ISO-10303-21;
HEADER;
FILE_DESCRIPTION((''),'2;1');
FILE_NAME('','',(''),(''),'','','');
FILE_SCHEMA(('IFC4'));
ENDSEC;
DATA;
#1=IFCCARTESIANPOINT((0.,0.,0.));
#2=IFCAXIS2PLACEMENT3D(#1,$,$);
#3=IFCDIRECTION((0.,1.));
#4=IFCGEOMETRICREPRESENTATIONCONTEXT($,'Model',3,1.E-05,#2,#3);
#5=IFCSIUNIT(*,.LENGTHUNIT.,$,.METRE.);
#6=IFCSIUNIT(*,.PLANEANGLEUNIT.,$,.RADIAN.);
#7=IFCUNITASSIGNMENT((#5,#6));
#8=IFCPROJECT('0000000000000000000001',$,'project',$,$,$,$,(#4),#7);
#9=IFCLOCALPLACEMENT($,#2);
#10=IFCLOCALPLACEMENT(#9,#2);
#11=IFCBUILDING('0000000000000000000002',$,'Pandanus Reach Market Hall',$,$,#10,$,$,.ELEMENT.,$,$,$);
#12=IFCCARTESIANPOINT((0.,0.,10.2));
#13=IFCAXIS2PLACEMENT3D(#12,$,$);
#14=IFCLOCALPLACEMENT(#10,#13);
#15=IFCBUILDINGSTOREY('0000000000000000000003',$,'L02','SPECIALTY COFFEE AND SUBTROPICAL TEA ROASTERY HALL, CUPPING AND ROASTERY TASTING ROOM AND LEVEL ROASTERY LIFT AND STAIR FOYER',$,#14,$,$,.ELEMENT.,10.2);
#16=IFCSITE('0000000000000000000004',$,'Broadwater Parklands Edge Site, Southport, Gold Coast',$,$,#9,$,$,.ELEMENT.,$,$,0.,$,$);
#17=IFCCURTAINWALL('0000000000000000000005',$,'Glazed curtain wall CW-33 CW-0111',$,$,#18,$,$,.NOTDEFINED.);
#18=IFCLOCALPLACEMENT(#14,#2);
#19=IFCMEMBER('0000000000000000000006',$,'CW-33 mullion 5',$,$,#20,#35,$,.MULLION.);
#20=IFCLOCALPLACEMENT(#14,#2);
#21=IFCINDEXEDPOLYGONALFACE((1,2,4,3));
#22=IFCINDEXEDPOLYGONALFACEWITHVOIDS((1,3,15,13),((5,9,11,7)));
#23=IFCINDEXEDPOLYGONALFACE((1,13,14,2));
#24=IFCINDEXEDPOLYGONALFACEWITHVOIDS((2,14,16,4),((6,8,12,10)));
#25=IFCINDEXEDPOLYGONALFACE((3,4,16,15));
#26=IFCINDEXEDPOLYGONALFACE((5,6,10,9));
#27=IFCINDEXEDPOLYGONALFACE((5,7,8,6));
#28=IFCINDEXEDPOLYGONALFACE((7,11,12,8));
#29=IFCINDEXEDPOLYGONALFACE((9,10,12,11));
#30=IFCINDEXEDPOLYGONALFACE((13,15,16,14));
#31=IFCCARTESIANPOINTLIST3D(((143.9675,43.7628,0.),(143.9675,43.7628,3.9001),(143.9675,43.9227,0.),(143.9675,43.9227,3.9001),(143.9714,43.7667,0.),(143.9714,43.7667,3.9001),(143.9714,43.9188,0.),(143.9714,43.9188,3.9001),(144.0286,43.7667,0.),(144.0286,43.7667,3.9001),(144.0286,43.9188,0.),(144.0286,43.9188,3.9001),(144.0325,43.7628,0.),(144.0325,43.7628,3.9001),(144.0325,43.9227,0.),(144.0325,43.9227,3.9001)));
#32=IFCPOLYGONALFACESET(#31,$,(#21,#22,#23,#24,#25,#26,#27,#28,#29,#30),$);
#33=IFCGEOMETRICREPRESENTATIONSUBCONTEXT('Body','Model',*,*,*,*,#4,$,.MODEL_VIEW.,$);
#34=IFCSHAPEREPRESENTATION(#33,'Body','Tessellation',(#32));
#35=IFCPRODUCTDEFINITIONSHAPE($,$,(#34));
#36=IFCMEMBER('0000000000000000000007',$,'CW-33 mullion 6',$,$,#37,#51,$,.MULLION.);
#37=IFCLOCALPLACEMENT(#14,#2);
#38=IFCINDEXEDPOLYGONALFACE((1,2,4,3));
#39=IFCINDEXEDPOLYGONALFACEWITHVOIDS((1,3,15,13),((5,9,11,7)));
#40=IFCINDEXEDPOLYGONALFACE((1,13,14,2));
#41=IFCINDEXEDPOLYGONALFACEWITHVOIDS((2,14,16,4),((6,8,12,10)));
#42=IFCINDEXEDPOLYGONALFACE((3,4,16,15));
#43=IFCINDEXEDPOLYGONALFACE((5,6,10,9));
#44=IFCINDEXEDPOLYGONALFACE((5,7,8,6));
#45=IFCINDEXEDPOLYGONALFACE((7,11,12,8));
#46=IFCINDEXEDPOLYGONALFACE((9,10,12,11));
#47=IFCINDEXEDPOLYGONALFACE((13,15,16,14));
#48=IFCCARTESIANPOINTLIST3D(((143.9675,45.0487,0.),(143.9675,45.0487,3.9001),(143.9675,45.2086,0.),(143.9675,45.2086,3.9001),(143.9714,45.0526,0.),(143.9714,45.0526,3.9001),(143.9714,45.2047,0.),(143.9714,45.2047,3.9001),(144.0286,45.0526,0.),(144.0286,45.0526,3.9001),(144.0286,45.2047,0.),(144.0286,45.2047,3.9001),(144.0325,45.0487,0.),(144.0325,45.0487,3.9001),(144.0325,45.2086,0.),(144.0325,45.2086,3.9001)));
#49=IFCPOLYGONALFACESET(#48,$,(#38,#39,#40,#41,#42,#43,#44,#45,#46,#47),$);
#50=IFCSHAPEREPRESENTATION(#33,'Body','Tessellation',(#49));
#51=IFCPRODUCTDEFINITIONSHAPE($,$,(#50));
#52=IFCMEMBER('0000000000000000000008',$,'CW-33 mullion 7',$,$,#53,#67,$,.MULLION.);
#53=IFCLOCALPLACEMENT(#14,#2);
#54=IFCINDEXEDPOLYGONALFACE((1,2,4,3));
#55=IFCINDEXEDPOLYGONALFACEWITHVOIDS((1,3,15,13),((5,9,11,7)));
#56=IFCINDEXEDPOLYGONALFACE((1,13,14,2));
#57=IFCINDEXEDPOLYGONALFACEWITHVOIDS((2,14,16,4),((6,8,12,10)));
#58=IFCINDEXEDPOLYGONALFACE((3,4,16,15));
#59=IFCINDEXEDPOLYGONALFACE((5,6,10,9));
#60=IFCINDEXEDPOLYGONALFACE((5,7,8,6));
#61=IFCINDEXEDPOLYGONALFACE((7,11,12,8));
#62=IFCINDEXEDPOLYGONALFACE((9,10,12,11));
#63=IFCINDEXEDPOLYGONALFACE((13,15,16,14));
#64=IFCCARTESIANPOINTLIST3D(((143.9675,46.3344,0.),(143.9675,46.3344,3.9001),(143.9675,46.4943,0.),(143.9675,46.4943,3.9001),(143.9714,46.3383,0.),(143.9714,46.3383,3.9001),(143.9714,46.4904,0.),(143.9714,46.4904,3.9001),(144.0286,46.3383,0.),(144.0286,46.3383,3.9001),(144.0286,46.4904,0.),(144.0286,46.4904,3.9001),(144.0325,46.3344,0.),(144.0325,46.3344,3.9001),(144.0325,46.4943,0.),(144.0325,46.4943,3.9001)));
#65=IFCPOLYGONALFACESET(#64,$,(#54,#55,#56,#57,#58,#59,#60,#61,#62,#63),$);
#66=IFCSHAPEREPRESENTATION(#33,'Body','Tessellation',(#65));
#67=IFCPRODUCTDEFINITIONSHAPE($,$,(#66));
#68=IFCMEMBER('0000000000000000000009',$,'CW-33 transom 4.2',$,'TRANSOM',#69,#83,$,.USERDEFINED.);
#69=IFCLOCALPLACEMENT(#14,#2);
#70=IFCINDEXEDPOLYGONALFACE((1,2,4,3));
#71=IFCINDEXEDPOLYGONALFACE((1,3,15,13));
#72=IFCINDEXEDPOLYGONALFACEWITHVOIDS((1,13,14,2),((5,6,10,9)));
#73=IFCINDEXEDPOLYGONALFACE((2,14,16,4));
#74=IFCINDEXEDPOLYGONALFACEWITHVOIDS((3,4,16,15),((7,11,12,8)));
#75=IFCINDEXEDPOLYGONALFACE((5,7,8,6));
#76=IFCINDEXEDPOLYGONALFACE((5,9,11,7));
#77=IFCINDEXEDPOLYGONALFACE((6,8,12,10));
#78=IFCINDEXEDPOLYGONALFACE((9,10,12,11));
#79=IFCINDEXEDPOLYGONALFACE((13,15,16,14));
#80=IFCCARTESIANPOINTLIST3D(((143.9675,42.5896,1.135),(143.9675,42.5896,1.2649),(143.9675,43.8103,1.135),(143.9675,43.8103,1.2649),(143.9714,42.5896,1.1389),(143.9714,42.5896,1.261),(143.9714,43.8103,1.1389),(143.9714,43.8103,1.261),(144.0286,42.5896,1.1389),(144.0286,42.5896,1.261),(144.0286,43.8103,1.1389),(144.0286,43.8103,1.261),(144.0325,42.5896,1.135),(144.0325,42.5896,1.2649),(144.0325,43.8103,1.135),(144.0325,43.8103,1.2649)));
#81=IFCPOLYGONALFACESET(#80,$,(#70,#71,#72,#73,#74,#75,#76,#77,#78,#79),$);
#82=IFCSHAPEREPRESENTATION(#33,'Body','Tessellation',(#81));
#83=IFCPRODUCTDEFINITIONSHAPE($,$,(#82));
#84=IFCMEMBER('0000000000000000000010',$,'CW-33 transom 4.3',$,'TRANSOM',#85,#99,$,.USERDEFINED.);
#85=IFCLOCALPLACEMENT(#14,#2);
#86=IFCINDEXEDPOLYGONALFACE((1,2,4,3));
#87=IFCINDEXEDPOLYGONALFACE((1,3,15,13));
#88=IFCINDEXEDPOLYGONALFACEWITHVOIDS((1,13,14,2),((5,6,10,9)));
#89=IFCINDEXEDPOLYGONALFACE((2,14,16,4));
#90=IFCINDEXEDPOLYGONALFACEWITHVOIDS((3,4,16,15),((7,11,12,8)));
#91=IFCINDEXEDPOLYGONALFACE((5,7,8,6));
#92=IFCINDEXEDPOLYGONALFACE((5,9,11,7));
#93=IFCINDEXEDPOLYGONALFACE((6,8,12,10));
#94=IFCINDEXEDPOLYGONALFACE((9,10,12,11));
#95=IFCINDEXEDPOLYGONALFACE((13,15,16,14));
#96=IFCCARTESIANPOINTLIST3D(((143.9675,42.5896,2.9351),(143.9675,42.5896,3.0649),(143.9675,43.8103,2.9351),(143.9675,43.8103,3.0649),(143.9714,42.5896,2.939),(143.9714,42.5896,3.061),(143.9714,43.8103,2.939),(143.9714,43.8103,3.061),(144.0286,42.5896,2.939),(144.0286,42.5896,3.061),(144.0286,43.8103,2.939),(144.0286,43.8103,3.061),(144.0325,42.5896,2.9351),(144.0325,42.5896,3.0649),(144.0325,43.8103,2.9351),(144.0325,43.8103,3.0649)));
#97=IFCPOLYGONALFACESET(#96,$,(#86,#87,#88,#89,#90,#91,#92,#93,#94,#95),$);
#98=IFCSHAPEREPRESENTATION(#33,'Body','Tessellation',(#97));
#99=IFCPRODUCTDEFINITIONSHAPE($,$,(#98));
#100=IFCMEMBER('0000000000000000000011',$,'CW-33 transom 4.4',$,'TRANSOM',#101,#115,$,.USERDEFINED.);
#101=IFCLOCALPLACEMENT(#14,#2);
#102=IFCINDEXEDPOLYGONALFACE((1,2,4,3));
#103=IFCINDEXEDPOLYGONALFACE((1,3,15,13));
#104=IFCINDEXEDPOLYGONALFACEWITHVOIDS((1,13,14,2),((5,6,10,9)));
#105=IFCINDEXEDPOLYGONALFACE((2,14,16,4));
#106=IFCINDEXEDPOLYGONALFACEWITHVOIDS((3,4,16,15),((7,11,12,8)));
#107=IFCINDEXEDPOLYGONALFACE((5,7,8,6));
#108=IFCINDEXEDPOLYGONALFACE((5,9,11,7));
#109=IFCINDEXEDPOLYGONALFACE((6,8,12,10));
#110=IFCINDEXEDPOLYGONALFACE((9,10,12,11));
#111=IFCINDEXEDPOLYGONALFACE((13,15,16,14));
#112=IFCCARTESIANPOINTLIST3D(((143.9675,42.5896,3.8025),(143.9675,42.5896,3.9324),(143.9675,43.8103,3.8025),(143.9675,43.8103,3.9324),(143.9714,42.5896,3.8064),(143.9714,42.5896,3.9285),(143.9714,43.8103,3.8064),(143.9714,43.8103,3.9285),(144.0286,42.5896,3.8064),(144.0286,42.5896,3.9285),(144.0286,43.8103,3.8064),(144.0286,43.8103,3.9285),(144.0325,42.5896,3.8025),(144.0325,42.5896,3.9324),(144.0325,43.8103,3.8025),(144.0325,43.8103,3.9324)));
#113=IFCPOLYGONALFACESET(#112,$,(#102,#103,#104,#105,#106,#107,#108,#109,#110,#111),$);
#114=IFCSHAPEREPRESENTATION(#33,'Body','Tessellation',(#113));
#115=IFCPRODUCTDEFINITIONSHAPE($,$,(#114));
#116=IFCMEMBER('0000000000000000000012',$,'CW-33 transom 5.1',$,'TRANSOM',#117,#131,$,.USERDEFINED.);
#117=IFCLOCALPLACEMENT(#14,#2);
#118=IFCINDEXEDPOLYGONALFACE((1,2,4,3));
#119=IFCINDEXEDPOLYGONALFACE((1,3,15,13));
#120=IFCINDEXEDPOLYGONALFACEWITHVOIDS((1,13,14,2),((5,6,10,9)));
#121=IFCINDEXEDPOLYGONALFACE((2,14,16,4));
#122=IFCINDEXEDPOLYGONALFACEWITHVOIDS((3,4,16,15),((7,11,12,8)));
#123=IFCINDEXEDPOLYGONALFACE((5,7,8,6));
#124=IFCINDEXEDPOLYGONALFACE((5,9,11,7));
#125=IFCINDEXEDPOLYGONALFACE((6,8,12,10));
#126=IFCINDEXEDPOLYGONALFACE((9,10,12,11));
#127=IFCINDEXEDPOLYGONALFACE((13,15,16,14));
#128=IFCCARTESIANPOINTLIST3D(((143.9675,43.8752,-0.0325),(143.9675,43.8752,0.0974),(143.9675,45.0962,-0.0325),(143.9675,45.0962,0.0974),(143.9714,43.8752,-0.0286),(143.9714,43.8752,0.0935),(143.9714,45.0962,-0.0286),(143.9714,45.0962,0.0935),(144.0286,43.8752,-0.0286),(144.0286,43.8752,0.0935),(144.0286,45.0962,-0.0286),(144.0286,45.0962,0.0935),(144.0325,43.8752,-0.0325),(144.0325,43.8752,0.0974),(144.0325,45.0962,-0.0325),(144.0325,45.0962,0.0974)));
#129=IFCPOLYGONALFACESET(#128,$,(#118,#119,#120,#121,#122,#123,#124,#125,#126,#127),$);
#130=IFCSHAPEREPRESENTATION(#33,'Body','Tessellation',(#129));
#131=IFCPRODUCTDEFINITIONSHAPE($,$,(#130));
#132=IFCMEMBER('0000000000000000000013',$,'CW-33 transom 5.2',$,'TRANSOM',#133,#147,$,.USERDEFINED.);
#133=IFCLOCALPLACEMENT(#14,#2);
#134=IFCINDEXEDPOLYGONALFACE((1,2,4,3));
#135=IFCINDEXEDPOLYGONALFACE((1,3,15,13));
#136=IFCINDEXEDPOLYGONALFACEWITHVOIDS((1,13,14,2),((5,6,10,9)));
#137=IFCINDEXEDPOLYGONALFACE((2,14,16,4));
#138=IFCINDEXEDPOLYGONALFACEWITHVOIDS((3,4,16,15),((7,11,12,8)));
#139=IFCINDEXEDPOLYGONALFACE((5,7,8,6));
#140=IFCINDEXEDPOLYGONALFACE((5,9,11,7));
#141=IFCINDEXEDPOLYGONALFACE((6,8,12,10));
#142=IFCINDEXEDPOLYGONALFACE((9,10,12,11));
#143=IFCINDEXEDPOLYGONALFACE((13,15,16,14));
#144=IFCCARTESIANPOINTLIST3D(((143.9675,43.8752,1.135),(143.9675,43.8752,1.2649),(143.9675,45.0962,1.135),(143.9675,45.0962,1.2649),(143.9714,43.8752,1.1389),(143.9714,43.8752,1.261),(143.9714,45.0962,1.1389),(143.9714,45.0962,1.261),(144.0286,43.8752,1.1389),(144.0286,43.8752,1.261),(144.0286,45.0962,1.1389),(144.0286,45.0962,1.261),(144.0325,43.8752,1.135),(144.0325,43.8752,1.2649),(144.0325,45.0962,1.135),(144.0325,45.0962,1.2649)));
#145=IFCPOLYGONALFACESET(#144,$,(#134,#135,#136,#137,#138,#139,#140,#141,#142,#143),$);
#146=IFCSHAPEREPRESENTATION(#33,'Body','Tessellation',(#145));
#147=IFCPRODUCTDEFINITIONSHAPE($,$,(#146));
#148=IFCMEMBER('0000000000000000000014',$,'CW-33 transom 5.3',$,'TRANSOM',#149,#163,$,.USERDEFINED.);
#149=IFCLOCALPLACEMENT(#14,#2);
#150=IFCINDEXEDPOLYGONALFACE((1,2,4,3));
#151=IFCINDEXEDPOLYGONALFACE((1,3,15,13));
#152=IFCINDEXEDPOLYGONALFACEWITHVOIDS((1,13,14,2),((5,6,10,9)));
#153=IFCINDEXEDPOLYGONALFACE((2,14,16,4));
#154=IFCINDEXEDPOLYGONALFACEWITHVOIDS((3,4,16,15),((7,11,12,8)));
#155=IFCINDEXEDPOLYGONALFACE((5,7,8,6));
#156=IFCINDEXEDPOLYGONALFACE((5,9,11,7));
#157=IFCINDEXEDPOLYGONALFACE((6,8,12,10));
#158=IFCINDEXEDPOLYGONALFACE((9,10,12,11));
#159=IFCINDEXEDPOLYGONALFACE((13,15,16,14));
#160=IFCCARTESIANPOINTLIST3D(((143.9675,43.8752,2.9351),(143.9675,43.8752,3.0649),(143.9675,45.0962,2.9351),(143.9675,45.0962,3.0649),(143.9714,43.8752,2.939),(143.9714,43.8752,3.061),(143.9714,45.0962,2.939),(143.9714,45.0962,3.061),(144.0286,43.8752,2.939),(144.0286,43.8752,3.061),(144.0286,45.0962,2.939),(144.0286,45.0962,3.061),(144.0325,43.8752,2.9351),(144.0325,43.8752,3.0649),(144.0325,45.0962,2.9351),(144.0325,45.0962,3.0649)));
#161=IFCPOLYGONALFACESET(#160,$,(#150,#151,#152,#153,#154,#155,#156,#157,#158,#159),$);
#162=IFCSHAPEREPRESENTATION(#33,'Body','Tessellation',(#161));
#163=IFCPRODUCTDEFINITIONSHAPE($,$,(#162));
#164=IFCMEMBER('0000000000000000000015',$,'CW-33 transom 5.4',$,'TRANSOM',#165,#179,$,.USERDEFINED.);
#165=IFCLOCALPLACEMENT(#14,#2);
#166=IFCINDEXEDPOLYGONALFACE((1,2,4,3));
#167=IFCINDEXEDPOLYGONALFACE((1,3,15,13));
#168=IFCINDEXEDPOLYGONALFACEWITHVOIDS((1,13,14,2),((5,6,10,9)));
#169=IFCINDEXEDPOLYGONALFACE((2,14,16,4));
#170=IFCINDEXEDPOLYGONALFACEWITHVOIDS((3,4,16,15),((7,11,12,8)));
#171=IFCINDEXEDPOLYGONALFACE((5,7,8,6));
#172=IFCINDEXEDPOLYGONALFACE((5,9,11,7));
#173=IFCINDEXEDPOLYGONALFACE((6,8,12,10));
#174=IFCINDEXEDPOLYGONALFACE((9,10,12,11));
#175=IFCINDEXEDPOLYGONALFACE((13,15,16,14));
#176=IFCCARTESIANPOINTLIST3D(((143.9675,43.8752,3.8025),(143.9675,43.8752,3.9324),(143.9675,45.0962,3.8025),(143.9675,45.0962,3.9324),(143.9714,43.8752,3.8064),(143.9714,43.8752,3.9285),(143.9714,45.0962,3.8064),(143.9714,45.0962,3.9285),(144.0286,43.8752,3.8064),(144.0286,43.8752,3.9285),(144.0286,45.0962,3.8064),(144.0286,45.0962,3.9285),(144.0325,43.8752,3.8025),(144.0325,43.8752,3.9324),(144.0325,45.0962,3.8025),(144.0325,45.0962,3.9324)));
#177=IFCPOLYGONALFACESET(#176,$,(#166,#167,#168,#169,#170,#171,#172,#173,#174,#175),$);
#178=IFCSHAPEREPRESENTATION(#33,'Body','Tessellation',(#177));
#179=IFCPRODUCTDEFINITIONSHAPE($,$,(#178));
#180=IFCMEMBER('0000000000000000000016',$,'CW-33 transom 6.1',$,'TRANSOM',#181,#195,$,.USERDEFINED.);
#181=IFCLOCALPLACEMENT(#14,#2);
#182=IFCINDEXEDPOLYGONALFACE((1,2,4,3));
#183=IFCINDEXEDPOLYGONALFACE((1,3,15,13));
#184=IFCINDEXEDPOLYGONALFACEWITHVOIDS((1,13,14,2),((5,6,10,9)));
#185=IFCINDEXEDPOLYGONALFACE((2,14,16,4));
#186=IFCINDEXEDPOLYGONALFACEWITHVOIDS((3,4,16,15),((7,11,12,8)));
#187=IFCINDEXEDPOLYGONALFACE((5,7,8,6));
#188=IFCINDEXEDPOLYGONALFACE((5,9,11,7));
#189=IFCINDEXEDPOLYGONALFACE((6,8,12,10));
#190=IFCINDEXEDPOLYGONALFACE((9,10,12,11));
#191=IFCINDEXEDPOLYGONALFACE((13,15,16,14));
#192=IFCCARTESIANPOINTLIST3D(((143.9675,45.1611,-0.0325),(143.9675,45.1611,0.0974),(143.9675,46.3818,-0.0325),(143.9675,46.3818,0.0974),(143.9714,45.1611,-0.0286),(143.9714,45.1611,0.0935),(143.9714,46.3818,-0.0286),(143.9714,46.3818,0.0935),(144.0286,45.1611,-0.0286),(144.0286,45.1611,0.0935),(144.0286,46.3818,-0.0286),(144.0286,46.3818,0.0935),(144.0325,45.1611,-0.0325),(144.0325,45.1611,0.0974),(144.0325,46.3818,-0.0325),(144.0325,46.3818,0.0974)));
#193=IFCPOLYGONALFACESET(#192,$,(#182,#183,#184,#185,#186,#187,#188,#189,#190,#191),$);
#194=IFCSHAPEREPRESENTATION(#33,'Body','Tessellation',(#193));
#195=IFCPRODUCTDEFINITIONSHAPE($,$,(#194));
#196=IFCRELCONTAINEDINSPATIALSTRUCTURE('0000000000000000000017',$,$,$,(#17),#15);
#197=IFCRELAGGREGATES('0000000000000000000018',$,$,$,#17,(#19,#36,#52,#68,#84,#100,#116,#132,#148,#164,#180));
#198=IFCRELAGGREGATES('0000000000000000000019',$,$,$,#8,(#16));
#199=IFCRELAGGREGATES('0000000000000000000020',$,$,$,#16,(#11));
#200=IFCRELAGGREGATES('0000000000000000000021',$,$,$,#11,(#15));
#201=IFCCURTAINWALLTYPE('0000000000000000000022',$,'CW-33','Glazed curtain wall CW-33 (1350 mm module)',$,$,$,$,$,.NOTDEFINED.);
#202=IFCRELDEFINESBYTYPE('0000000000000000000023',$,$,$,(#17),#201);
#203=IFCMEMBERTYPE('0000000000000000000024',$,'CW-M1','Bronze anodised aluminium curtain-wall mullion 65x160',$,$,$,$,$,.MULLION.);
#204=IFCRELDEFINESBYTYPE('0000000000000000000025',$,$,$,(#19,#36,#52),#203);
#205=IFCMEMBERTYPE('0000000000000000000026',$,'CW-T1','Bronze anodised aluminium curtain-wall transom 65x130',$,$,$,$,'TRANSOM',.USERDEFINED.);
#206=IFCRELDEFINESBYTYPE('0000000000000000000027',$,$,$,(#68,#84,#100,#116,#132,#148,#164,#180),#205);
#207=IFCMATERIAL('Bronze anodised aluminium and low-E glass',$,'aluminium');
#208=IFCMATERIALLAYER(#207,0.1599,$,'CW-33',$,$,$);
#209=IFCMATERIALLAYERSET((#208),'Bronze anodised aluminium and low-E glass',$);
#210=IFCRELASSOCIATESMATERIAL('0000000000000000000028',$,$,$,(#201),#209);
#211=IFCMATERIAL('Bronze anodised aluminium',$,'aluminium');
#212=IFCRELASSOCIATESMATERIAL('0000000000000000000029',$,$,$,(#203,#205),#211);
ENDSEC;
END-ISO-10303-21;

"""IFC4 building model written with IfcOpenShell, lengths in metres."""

from ifc_helpers import new_model, si_unit, direction, frame, origin, origin_2d, place, context, subcontext, project, spatial, hollow_rectangle, extrude, material, layer, layer_set, material_profile, profile_set, type_object, element, aggregate, save


model = new_model("IFC4")

# Units and contexts
model_context = context("Model", 3, precision=1e-05, world=origin(), true_north=direction((0.0, 1.0)))
body_context = subcontext(model_context, "Body", "Model", "MODEL_VIEW")
ifc_project = project(units=[si_unit("LENGTHUNIT", "METRE"), si_unit("PLANEANGLEUNIT", "RADIAN")], contexts=[model_context])

# Site, building, storey
site_placement = place(None, origin())
site = spatial("IfcSite", under=ifc_project, at=site_placement, Name="Broadwater Parklands Edge Site, Southport, Gold Coast", CompositionType="ELEMENT", RefElevation=0.0)
building_placement = place(site_placement, origin())
building = spatial("IfcBuilding", under=site, at=building_placement, Name="Pandanus Reach Market Hall", CompositionType="ELEMENT")
storey_placement = place(building_placement, frame((0.0, 0.0, 10.2)))
storey = spatial("IfcBuildingStorey", under=building, at=storey_placement, Name="L02", Description="SPECIALTY COFFEE AND SUBTROPICAL TEA ROASTERY HALL, CUPPING AND ROASTERY TASTING ROOM AND LEVEL ROASTERY LIFT AND STAIR FOYER", CompositionType="ELEMENT", Elevation=10.2)

# Curtain wall, members
ifc_material_1 = material(Name="Bronze anodised aluminium and low-E glass", Category="aluminium")
ifc_layer_1 = layer(ifc_material_1, 0.1599, Name="CW-33")
ifc_layer_set_1 = layer_set([ifc_layer_1], Name="Bronze anodised aluminium and low-E glass")
curtain_wall_type = type_object("IfcCurtainWallType", Name="CW-33", Description="Glazed curtain wall CW-33 (1350 mm module)", PredefinedType="NOTDEFINED", material=ifc_layer_set_1)
curtain_wall_placement = place(storey_placement, origin())
curtain_wall = element("IfcCurtainWall", 1, at=curtain_wall_placement, inside=storey, type_object=curtain_wall_type, Name="Glazed curtain wall CW-33 CW-0111", PredefinedType="NOTDEFINED")
ifc_material_2 = material(Name="Bronze anodised aluminium", Category="aluminium")
ifc_material_profile_1 = material_profile(ifc_material_2, hollow_rectangle(XDim=0.0649, YDim=0.1599, WallThickness=0.0039, at=origin_2d()), Name="ALU65x160", Category="LoadBearing")
ifc_profile_set_1 = profile_set([ifc_material_profile_1], Name="Bronze anodised aluminium")
member_type_1 = type_object("IfcMemberType", Name="CW-M1", Description="Bronze anodised aluminium curtain-wall mullion 65x160", PredefinedType="MULLION", material=ifc_profile_set_1)
member_1_placement = place(storey_placement, frame((144.0, 43.8428, 0.0), z_axis=(0.0, 0.0, 1.0), x_axis=(-1.0, 0.0, 0.0)))
member_1 = element("IfcMember", 2, at=member_1_placement, type_object=member_type_1, Name="CW-33 mullion 5", PredefinedType="MULLION", context=body_context, shape_type="SweptSolid", body=[
    extrude(hollow_rectangle(XDim=0.0649, YDim=0.1599, WallThickness=0.0039, at=origin_2d()), origin(), (0.0, 0.0, 1.0), 3.9001),
])
member_2_placement = place(storey_placement, frame((144.0, 45.1287, 0.0), z_axis=(0.0, 0.0, 1.0), x_axis=(-1.0, 0.0, 0.0)))
member_2 = element("IfcMember", 3, at=member_2_placement, type_object=member_type_1, Name="CW-33 mullion 6", PredefinedType="MULLION", context=body_context, shape_type="SweptSolid", body=[
    extrude(hollow_rectangle(XDim=0.0649, YDim=0.1599, WallThickness=0.0039, at=origin_2d()), origin(), (0.0, 0.0, 1.0), 3.9001),
])
member_3_placement = place(storey_placement, frame((144.0, 46.4143, 0.0), z_axis=(0.0, 0.0, 1.0), x_axis=(-1.0, 0.0, 0.0)))
member_3 = element("IfcMember", 4, at=member_3_placement, type_object=member_type_1, Name="CW-33 mullion 7", PredefinedType="MULLION", context=body_context, shape_type="SweptSolid", body=[
    extrude(hollow_rectangle(XDim=0.0649, YDim=0.1599, WallThickness=0.0039, at=origin_2d()), origin(), (0.0, 0.0, 1.0), 3.9001),
])
ifc_material_profile_2 = material_profile(ifc_material_2, hollow_rectangle(XDim=0.0649, YDim=0.1299, WallThickness=0.0039, at=origin_2d()), Name="ALU65x130", Category="LoadBearing")
ifc_profile_set_2 = profile_set([ifc_material_profile_2], Name="Bronze anodised aluminium")
member_type_2 = type_object("IfcMemberType", Name="CW-T1", Description="Bronze anodised aluminium curtain-wall transom 65x130", ElementType="TRANSOM", PredefinedType="USERDEFINED", material=ifc_profile_set_2)
member_4_placement = place(storey_placement, frame((144.0, 42.5896, 1.2), z_axis=(0.0, 1.0, 0.0), x_axis=(-1.0, 0.0, 0.0)))
member_4 = element("IfcMember", 5, at=member_4_placement, type_object=member_type_2, Name="CW-33 transom 4.2", ObjectType="TRANSOM", PredefinedType="USERDEFINED", context=body_context, shape_type="SweptSolid", body=[
    extrude(hollow_rectangle(XDim=0.0649, YDim=0.1299, WallThickness=0.0039, at=origin_2d()), origin(), (0.0, 0.0, 1.0), 1.2207),
])
member_5_placement = place(storey_placement, frame((144.0, 42.5896, 3.0), z_axis=(0.0, 1.0, 0.0), x_axis=(-1.0, 0.0, 0.0)))
member_5 = element("IfcMember", 6, at=member_5_placement, type_object=member_type_2, Name="CW-33 transom 4.3", ObjectType="TRANSOM", PredefinedType="USERDEFINED", context=body_context, shape_type="SweptSolid", body=[
    extrude(hollow_rectangle(XDim=0.0649, YDim=0.1299, WallThickness=0.0039, at=origin_2d()), origin(), (0.0, 0.0, 1.0), 1.2207),
])
member_6_placement = place(storey_placement, frame((144.0, 42.5896, 3.8674), z_axis=(0.0, 1.0, 0.0), x_axis=(-1.0, 0.0, 0.0)))
member_6 = element("IfcMember", 7, at=member_6_placement, type_object=member_type_2, Name="CW-33 transom 4.4", ObjectType="TRANSOM", PredefinedType="USERDEFINED", context=body_context, shape_type="SweptSolid", body=[
    extrude(hollow_rectangle(XDim=0.0649, YDim=0.1299, WallThickness=0.0039, at=origin_2d()), origin(), (0.0, 0.0, 1.0), 1.2207),
])
member_7_placement = place(storey_placement, frame((144.0, 43.8752, 0.0325), z_axis=(0.0, 1.0, 0.0), x_axis=(-1.0, 0.0, 0.0)))
member_7 = element("IfcMember", 8, at=member_7_placement, type_object=member_type_2, Name="CW-33 transom 5.1", ObjectType="TRANSOM", PredefinedType="USERDEFINED", context=body_context, shape_type="SweptSolid", body=[
    extrude(hollow_rectangle(XDim=0.0649, YDim=0.1299, WallThickness=0.0039, at=origin_2d()), origin(), (0.0, 0.0, 1.0), 1.2209),
])
member_8_placement = place(storey_placement, frame((144.0, 43.8752, 1.2), z_axis=(0.0, 1.0, 0.0), x_axis=(-1.0, 0.0, 0.0)))
member_8 = element("IfcMember", 9, at=member_8_placement, type_object=member_type_2, Name="CW-33 transom 5.2", ObjectType="TRANSOM", PredefinedType="USERDEFINED", context=body_context, shape_type="SweptSolid", body=[
    extrude(hollow_rectangle(XDim=0.0649, YDim=0.1299, WallThickness=0.0039, at=origin_2d()), origin(), (0.0, 0.0, 1.0), 1.2209),
])
member_9_placement = place(storey_placement, frame((144.0, 43.8752, 3.0), z_axis=(0.0, 1.0, 0.0), x_axis=(-1.0, 0.0, 0.0)))
member_9 = element("IfcMember", 10, at=member_9_placement, type_object=member_type_2, Name="CW-33 transom 5.3", ObjectType="TRANSOM", PredefinedType="USERDEFINED", context=body_context, shape_type="SweptSolid", body=[
    extrude(hollow_rectangle(XDim=0.0649, YDim=0.1299, WallThickness=0.0039, at=origin_2d()), origin(), (0.0, 0.0, 1.0), 1.2209),
])
member_10_placement = place(storey_placement, frame((144.0, 43.8752, 3.8674), z_axis=(0.0, 1.0, 0.0), x_axis=(-1.0, 0.0, 0.0)))
member_10 = element("IfcMember", 11, at=member_10_placement, type_object=member_type_2, Name="CW-33 transom 5.4", ObjectType="TRANSOM", PredefinedType="USERDEFINED", context=body_context, shape_type="SweptSolid", body=[
    extrude(hollow_rectangle(XDim=0.0649, YDim=0.1299, WallThickness=0.0039, at=origin_2d()), origin(), (0.0, 0.0, 1.0), 1.2209),
])
member_11_placement = place(storey_placement, frame((144.0, 45.1611, 0.0325), z_axis=(0.0, 1.0, 0.0), x_axis=(-1.0, 0.0, 0.0)))
member_11 = element("IfcMember", 12, at=member_11_placement, type_object=member_type_2, Name="CW-33 transom 6.1", ObjectType="TRANSOM", PredefinedType="USERDEFINED", context=body_context, shape_type="SweptSolid", body=[
    extrude(hollow_rectangle(XDim=0.0649, YDim=0.1299, WallThickness=0.0039, at=origin_2d()), origin(), (0.0, 0.0, 1.0), 1.2207),
])
aggregate(curtain_wall, [member_1, member_2, member_3, member_4, member_5, member_6, member_7, member_8, member_9, member_10, member_11])

save(model, "model.ifc")
